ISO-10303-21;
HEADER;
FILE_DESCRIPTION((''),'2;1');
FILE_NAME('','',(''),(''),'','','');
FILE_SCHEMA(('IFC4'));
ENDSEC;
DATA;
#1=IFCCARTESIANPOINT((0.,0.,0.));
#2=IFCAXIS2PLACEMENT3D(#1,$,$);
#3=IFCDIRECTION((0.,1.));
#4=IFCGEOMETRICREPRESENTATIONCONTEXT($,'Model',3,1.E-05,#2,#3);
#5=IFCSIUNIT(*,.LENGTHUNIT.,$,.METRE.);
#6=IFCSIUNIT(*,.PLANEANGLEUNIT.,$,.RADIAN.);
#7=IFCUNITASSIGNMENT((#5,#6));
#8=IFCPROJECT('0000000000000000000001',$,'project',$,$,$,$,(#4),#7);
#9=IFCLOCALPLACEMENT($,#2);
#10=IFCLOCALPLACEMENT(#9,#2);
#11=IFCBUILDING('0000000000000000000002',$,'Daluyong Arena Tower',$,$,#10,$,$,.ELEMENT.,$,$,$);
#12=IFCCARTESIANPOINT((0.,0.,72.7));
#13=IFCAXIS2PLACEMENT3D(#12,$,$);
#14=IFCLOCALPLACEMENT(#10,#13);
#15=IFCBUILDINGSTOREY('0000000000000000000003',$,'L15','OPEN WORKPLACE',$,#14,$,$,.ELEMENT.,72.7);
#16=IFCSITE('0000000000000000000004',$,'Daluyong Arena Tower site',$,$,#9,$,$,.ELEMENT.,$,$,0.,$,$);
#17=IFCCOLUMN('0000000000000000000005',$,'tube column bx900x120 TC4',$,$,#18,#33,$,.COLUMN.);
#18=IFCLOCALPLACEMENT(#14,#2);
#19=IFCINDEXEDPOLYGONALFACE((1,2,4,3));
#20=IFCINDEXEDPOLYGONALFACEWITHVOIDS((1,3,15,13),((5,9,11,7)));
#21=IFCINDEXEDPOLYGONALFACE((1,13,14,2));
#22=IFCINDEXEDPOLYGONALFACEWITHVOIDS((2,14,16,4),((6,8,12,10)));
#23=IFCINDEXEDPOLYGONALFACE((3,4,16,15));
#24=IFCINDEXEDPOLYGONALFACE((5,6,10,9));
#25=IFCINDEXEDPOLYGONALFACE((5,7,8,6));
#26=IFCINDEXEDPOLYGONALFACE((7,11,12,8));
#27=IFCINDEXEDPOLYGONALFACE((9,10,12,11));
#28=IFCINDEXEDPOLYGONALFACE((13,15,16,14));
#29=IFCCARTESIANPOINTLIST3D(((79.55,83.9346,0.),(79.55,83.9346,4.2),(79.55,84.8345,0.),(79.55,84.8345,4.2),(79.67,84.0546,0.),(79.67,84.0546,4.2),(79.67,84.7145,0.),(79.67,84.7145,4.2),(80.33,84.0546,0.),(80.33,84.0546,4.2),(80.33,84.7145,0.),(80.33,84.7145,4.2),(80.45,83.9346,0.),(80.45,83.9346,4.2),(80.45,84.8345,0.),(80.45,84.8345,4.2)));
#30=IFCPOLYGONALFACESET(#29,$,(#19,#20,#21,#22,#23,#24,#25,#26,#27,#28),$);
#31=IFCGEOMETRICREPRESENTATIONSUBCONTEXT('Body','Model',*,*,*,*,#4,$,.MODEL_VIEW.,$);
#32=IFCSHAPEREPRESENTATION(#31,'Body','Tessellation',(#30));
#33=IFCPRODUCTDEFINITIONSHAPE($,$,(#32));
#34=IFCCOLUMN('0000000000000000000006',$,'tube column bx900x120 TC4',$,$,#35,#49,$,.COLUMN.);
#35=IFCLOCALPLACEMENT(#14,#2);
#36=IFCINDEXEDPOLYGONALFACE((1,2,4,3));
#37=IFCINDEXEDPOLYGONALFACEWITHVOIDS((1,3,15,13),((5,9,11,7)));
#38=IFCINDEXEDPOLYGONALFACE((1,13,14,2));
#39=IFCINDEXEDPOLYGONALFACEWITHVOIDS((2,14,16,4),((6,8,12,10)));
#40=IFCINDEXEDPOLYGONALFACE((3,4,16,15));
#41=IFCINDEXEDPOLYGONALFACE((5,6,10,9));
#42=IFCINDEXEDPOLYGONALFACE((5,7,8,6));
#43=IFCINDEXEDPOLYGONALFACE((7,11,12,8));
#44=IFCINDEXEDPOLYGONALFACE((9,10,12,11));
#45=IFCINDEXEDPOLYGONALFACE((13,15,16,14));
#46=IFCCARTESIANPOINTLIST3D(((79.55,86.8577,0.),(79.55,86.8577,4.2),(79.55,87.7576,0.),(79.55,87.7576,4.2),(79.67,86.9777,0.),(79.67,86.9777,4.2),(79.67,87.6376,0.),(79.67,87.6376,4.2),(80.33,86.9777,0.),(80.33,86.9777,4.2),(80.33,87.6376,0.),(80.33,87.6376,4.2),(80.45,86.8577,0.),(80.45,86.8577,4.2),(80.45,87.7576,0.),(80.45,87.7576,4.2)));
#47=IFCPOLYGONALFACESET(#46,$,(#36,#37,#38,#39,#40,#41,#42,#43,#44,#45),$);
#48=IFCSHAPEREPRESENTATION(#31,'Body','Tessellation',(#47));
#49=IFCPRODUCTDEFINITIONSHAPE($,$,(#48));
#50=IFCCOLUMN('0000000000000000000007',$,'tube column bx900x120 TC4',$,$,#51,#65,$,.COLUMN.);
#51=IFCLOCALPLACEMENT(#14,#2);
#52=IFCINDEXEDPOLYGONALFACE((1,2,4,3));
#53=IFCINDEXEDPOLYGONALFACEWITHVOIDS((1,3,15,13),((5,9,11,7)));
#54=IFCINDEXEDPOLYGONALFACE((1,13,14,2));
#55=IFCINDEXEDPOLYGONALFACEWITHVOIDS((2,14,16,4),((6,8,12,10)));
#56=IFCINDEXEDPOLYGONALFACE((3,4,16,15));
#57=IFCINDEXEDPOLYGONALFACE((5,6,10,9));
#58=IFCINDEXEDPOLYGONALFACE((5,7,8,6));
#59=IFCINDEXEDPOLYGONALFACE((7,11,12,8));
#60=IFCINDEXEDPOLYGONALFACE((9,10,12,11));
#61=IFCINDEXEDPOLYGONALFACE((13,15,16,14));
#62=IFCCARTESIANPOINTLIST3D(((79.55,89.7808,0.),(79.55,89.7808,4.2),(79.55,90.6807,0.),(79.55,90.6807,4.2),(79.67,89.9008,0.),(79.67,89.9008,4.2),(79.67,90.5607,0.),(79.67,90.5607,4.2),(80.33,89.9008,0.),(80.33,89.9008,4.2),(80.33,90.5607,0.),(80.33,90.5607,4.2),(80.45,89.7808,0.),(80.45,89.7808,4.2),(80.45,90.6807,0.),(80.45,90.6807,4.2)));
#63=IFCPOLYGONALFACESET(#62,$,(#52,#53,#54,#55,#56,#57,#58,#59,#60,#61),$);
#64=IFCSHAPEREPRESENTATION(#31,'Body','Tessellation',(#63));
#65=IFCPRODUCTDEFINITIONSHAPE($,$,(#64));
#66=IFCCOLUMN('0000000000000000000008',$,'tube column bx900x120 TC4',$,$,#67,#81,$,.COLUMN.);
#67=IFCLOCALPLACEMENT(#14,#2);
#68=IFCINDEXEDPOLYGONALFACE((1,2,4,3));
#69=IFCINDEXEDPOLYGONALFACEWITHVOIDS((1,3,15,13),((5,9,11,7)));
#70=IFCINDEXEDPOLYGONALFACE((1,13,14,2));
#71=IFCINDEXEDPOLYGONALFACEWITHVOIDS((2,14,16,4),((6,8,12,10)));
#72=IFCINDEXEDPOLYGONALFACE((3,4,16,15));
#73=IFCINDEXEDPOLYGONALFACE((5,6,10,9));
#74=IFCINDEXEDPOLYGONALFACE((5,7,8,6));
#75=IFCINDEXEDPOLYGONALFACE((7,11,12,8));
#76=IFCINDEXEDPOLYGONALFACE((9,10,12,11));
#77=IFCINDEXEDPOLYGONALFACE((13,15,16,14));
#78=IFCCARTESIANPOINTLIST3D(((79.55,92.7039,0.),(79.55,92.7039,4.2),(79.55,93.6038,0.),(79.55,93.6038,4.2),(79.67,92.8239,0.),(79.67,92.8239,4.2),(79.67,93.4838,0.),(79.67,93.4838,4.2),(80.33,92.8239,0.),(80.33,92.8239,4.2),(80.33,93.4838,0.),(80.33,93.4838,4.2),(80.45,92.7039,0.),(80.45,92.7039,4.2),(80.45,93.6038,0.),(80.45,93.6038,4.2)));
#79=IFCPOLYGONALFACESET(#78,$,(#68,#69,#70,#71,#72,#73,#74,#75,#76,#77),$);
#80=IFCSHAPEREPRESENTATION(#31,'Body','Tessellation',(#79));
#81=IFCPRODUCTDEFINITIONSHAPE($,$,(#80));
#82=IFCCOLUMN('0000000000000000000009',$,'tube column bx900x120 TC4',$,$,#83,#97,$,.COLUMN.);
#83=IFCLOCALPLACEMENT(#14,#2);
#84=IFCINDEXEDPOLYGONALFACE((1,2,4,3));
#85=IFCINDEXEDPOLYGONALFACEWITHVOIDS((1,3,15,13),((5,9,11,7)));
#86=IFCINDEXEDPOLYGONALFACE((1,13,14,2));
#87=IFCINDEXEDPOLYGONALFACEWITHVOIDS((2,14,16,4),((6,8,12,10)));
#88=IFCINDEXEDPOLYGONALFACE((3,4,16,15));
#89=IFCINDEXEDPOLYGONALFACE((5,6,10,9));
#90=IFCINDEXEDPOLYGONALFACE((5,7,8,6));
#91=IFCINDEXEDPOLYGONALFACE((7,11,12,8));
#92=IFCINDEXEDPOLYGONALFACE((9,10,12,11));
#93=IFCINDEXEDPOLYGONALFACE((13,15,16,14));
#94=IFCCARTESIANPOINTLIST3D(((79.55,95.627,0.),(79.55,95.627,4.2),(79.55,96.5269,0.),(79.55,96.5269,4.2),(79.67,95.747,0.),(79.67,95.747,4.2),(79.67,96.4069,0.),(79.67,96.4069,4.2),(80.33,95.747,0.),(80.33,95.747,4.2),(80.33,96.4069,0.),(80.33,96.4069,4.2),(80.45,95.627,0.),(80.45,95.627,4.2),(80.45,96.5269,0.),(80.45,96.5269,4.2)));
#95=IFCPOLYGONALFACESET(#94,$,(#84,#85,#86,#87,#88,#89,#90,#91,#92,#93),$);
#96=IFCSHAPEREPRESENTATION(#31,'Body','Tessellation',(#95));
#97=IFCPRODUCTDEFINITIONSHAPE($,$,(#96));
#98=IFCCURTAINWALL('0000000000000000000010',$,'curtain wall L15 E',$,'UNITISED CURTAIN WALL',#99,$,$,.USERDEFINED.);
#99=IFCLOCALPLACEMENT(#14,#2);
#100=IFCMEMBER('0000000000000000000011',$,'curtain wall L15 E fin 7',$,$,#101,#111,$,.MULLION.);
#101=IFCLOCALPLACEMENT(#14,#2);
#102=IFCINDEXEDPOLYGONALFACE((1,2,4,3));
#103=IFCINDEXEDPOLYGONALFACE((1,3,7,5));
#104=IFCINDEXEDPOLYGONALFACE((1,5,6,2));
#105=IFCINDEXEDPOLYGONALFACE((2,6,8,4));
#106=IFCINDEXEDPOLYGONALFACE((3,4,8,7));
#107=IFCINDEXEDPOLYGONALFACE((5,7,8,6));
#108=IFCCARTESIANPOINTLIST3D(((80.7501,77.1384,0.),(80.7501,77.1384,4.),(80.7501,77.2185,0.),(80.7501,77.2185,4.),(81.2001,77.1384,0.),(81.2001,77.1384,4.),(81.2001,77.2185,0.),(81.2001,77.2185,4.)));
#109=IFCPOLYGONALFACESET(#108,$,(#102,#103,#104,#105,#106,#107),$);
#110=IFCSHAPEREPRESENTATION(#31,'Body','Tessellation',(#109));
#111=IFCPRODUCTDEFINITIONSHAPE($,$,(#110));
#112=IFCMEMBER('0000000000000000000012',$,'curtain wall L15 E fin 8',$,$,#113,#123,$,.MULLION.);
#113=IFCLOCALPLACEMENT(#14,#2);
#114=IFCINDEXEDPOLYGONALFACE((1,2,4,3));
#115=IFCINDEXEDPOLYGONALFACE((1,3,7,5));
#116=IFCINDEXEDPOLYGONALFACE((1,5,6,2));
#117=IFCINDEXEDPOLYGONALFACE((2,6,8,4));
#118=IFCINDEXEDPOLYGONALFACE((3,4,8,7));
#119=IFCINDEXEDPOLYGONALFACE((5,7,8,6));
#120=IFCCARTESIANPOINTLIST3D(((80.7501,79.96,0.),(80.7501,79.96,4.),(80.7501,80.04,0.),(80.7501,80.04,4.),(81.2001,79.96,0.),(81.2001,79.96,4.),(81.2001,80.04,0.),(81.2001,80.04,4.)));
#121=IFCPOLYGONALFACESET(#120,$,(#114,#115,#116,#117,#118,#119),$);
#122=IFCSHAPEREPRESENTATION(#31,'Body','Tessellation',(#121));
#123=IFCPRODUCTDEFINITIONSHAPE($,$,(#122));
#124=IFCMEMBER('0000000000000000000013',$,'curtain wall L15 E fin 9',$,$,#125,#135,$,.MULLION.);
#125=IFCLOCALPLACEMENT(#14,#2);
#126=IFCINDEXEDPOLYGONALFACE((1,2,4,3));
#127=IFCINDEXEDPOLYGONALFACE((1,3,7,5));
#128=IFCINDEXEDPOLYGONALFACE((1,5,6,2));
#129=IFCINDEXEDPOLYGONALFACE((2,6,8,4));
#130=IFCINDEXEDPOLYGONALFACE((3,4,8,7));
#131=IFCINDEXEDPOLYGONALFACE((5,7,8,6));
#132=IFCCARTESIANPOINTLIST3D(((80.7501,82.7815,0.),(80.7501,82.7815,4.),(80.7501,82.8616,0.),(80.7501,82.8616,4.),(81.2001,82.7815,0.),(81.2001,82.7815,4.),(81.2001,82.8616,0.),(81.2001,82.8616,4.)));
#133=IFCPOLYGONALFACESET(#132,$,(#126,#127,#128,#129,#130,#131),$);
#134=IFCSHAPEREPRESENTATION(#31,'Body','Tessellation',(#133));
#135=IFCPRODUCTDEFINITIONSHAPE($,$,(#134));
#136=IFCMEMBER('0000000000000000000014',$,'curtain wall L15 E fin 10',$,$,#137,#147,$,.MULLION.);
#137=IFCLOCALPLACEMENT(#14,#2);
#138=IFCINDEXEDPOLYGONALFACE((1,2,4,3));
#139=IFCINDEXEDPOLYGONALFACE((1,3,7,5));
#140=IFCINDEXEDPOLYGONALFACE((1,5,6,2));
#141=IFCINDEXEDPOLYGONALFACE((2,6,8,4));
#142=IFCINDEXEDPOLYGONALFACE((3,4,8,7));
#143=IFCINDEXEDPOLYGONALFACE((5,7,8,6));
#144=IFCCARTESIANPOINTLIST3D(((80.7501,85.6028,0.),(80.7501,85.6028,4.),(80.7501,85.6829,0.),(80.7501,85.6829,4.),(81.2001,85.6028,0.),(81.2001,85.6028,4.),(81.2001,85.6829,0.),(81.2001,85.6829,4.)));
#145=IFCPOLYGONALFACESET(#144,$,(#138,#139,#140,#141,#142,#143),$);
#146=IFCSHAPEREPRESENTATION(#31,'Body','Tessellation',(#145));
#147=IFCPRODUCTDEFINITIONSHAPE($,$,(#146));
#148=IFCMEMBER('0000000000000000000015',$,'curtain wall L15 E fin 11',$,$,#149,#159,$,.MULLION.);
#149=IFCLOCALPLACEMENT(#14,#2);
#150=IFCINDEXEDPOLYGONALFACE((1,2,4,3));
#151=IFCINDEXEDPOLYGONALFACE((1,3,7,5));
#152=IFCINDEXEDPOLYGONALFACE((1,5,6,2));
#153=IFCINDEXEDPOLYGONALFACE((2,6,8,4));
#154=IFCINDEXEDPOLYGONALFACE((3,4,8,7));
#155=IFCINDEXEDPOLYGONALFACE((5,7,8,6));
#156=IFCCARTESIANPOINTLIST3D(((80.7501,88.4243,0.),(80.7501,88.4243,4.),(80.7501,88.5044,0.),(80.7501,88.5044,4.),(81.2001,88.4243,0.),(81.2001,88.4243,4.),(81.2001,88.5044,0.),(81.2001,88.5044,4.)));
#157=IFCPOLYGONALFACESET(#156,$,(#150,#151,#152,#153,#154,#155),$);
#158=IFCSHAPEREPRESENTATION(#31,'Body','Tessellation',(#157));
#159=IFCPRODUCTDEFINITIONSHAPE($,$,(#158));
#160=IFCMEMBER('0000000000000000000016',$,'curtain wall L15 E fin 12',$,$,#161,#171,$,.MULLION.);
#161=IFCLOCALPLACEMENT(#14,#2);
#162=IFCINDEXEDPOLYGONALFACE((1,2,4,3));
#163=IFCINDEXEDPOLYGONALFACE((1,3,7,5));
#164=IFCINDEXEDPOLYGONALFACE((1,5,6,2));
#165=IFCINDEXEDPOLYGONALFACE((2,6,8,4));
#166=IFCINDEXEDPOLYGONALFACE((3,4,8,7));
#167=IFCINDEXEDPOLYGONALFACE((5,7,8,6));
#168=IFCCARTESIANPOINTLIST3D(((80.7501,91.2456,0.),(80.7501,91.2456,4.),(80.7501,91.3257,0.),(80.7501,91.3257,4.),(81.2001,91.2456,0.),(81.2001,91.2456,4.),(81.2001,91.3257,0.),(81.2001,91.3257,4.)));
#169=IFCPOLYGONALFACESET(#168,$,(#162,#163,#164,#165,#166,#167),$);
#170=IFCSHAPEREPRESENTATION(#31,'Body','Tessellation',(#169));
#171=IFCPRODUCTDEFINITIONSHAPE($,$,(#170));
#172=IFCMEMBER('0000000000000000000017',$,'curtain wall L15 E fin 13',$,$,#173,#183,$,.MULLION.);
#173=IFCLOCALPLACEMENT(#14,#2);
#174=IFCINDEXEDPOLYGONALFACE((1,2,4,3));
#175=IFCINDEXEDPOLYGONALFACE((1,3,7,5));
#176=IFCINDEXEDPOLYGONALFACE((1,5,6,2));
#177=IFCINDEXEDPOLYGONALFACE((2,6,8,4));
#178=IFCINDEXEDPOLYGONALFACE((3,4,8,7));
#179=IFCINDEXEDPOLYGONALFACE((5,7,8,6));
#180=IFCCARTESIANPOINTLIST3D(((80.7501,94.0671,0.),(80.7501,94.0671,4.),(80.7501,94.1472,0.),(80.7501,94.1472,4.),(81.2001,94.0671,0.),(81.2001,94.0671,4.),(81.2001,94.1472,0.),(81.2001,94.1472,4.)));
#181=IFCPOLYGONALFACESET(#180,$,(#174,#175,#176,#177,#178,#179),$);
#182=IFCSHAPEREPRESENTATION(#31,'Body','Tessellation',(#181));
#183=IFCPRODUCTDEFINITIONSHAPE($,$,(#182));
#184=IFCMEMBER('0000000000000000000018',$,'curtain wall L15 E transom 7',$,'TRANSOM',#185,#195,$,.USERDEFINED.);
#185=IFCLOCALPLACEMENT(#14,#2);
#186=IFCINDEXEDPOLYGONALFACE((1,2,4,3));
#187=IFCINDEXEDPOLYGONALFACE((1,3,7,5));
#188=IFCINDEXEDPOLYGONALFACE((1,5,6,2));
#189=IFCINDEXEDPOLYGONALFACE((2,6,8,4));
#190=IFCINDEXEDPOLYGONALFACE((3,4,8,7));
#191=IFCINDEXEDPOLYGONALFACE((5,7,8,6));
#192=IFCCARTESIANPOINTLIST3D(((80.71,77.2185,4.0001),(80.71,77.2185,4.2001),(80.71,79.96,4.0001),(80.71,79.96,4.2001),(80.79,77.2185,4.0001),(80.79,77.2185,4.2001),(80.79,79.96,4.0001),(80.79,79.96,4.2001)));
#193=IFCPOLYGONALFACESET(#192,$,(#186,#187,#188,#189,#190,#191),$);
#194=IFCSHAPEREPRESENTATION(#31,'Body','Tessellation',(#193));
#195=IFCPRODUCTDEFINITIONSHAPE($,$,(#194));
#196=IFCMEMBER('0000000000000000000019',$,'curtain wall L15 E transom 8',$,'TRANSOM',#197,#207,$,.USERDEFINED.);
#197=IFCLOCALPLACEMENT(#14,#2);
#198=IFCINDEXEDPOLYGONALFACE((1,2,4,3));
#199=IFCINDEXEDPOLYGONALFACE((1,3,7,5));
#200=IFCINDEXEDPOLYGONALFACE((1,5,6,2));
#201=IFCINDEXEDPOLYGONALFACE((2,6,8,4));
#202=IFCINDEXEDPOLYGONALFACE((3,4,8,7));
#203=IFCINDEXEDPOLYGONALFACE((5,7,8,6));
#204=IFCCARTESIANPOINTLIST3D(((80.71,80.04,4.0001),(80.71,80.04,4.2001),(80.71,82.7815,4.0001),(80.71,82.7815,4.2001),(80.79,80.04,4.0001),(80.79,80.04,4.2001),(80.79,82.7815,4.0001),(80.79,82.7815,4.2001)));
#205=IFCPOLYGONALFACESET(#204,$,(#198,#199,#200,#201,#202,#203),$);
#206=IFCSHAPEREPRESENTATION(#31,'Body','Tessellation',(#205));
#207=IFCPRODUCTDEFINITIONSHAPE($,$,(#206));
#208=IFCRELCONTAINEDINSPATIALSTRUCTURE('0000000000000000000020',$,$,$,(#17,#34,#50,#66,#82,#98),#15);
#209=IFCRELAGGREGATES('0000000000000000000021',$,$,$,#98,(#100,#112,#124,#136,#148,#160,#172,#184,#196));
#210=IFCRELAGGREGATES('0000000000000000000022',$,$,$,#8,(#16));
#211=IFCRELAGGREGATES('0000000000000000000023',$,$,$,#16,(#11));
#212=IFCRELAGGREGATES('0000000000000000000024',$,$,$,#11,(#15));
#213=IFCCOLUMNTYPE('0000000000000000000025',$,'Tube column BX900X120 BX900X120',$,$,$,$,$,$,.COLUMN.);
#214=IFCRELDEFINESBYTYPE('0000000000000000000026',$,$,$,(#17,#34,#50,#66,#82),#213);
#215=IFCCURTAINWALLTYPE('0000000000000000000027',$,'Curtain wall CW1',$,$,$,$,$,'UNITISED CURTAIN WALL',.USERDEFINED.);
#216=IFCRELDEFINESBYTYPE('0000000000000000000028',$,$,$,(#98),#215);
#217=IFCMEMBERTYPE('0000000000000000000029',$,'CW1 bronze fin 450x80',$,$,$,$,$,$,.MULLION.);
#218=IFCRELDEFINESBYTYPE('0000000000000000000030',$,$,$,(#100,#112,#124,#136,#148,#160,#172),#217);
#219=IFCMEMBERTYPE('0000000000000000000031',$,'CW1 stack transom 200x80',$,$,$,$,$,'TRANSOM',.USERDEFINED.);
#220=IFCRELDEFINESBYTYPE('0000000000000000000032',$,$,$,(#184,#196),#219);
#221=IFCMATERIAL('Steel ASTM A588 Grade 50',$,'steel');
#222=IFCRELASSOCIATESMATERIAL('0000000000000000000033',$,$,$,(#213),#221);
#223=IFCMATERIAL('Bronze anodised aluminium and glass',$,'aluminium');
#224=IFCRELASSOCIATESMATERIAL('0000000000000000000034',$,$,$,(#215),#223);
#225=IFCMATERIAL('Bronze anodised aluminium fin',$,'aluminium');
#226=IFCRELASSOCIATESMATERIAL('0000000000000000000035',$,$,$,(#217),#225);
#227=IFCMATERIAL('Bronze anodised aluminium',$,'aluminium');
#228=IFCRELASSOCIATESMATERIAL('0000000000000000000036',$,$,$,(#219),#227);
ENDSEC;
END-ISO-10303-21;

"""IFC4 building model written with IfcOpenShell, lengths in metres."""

from ifc_helpers import new_model, si_unit, direction, frame, origin, origin_2d, place, context, subcontext, project, spatial, rectangle, hollow_rectangle, extrude, material, material_profile, profile_set, type_object, element, aggregate, save


model = new_model("IFC4")

# Units and contexts
model_context = context("Model", 3, precision=1e-05, world=origin(), true_north=direction((0.0, 1.0)))
body_context = subcontext(model_context, "Body", "Model", "MODEL_VIEW")
ifc_project = project(units=[si_unit("LENGTHUNIT", "METRE"), si_unit("PLANEANGLEUNIT", "RADIAN")], contexts=[model_context])

# Site, building, storey
site_placement = place(None, origin())
site = spatial("IfcSite", under=ifc_project, at=site_placement, Name="Daluyong Arena Tower site", CompositionType="ELEMENT", RefElevation=0.0)
building_placement = place(site_placement, origin())
building = spatial("IfcBuilding", under=site, at=building_placement, Name="Daluyong Arena Tower", CompositionType="ELEMENT")
storey_placement = place(building_placement, frame((0.0, 0.0, 72.7)))
storey = spatial("IfcBuildingStorey", under=building, at=storey_placement, Name="L15", Description="OPEN WORKPLACE", CompositionType="ELEMENT", Elevation=72.7)

# Columns
ifc_material_1 = material(Name="Steel ASTM A588 Grade 50", Category="steel")
ifc_material_profile_1 = material_profile(ifc_material_1, hollow_rectangle(XDim=0.8999, YDim=0.8999, WallThickness=0.12, at=origin_2d()))
ifc_profile_set_1 = profile_set([ifc_material_profile_1], Name="Steel ASTM A588 Grade 50")
column_type = type_object("IfcColumnType", Name="Tube column BX900X120 BX900X120", PredefinedType="COLUMN", material=ifc_profile_set_1)
for number, where, z_axis, x_axis, name in (
    (1, (80.0, 84.3845, 0.0), (0.0, 0.0, 1.0), (0.0, 1.0, 0.0), "tube column bx900x120 TC4"),
    (2, (80.0, 87.3076, 0.0), (0.0, 0.0, 1.0), (0.0, 1.0, 0.0), "tube column bx900x120 TC4"),
    (3, (80.0, 90.2307, 0.0), (0.0, 0.0, 1.0), (0.0, 1.0, 0.0), "tube column bx900x120 TC4"),
    (4, (80.0, 93.1538, 0.0), (0.0, 0.0, 1.0), (0.0, 1.0, 0.0), "tube column bx900x120 TC4"),
    (5, (80.0, 96.0769, 0.0), (0.0, 0.0, 1.0), (0.0, 1.0, 0.0), "tube column bx900x120 TC4"),
):
    element("IfcColumn", number, at=place(storey_placement, frame(where, z_axis=z_axis, x_axis=x_axis)), inside=storey, type_object=column_type, Name=name, PredefinedType="COLUMN", context=body_context, shape_type="SweptSolid", body=[
        extrude(hollow_rectangle(XDim=0.8999, YDim=0.8999, WallThickness=0.12, at=origin_2d()), origin(), (0.0, 0.0, 1.0), 4.2),
    ])

# Curtain wall, members
ifc_material_2 = material(Name="Bronze anodised aluminium and glass", Category="aluminium")
curtain_wall_type = type_object("IfcCurtainWallType", Name="Curtain wall CW1", ElementType="UNITISED CURTAIN WALL", PredefinedType="USERDEFINED", material=ifc_material_2)
curtain_wall_placement = place(storey_placement, origin())
curtain_wall = element("IfcCurtainWall", 6, at=curtain_wall_placement, inside=storey, type_object=curtain_wall_type, Name="curtain wall L15 E", ObjectType="UNITISED CURTAIN WALL", PredefinedType="USERDEFINED")
ifc_material_3 = material(Name="Bronze anodised aluminium fin", Category="aluminium")
ifc_material_profile_2 = material_profile(ifc_material_3, rectangle(XDim=0.45, YDim=0.0801, at=origin_2d()))
ifc_profile_set_2 = profile_set([ifc_material_profile_2], Name="Bronze anodised aluminium fin")
member_type_1 = type_object("IfcMemberType", Name="CW1 bronze fin 450x80", PredefinedType="MULLION", material=ifc_profile_set_2)
member_1_placement = place(storey_placement, frame((80.9751, 77.1785, 0.0), z_axis=(0.0, 0.0, 1.0), x_axis=(-1.0, 0.0, 0.0)))
member_1 = element("IfcMember", 7, at=member_1_placement, type_object=member_type_1, Name="curtain wall L15 E fin 7", PredefinedType="MULLION", context=body_context, shape_type="SweptSolid", body=[
    extrude(rectangle(XDim=0.45, YDim=0.0801, at=origin_2d()), origin(), (0.0, 0.0, 1.0), 4.0),
])
member_2_placement = place(storey_placement, frame((80.9751, 80.0, 0.0), z_axis=(0.0, 0.0, 1.0), x_axis=(-1.0, 0.0, 0.0)))
member_2 = element("IfcMember", 8, at=member_2_placement, type_object=member_type_1, Name="curtain wall L15 E fin 8", PredefinedType="MULLION", context=body_context, shape_type="SweptSolid", body=[
    extrude(rectangle(XDim=0.45, YDim=0.0801, at=origin_2d()), origin(), (0.0, 0.0, 1.0), 4.0),
])
member_3_placement = place(storey_placement, frame((80.9751, 82.8215, 0.0), z_axis=(0.0, 0.0, 1.0), x_axis=(-1.0, 0.0, 0.0)))
member_3 = element("IfcMember", 9, at=member_3_placement, type_object=member_type_1, Name="curtain wall L15 E fin 9", PredefinedType="MULLION", context=body_context, shape_type="SweptSolid", body=[
    extrude(rectangle(XDim=0.45, YDim=0.0801, at=origin_2d()), origin(), (0.0, 0.0, 1.0), 4.0),
])
member_4_placement = place(storey_placement, frame((80.9751, 85.6428, 0.0), z_axis=(0.0, 0.0, 1.0), x_axis=(-1.0, 0.0, 0.0)))
member_4 = element("IfcMember", 10, at=member_4_placement, type_object=member_type_1, Name="curtain wall L15 E fin 10", PredefinedType="MULLION", context=body_context, shape_type="SweptSolid", body=[
    extrude(rectangle(XDim=0.45, YDim=0.0801, at=origin_2d()), origin(), (0.0, 0.0, 1.0), 4.0),
])
member_5_placement = place(storey_placement, frame((80.9751, 88.4644, 0.0), z_axis=(0.0, 0.0, 1.0), x_axis=(-1.0, 0.0, 0.0)))
member_5 = element("IfcMember", 11, at=member_5_placement, type_object=member_type_1, Name="curtain wall L15 E fin 11", PredefinedType="MULLION", context=body_context, shape_type="SweptSolid", body=[
    extrude(rectangle(XDim=0.45, YDim=0.0801, at=origin_2d()), origin(), (0.0, 0.0, 1.0), 4.0),
])
member_6_placement = place(storey_placement, frame((80.9751, 91.2856, 0.0), z_axis=(0.0, 0.0, 1.0), x_axis=(-1.0, 0.0, 0.0)))
member_6 = element("IfcMember", 12, at=member_6_placement, type_object=member_type_1, Name="curtain wall L15 E fin 12", PredefinedType="MULLION", context=body_context, shape_type="SweptSolid", body=[
    extrude(rectangle(XDim=0.45, YDim=0.0801, at=origin_2d()), origin(), (0.0, 0.0, 1.0), 4.0),
])
member_7_placement = place(storey_placement, frame((80.9751, 94.1072, 0.0), z_axis=(0.0, 0.0, 1.0), x_axis=(-1.0, 0.0, 0.0)))
member_7 = element("IfcMember", 13, at=member_7_placement, type_object=member_type_1, Name="curtain wall L15 E fin 13", PredefinedType="MULLION", context=body_context, shape_type="SweptSolid", body=[
    extrude(rectangle(XDim=0.45, YDim=0.0801, at=origin_2d()), origin(), (0.0, 0.0, 1.0), 4.0),
])
ifc_material_4 = material(Name="Bronze anodised aluminium", Category="aluminium")
ifc_material_profile_3 = material_profile(ifc_material_4, rectangle(XDim=0.0801, YDim=0.2, at=origin_2d()))
ifc_profile_set_3 = profile_set([ifc_material_profile_3], Name="Bronze anodised aluminium")
member_type_2 = type_object("IfcMemberType", Name="CW1 stack transom 200x80", ElementType="TRANSOM", PredefinedType="USERDEFINED", material=ifc_profile_set_3)
member_8_placement = place(storey_placement, frame((80.75, 77.2185, 4.1001), z_axis=(0.0, 1.0, 0.0), x_axis=(-1.0, 0.0, 0.0)))
member_8 = element("IfcMember", 14, at=member_8_placement, type_object=member_type_2, Name="curtain wall L15 E transom 7", ObjectType="TRANSOM", PredefinedType="USERDEFINED", context=body_context, shape_type="SweptSolid", body=[
    extrude(rectangle(XDim=0.0801, YDim=0.2, at=origin_2d()), origin(), (0.0, 0.0, 1.0), 2.7415),
])
member_9_placement = place(storey_placement, frame((80.75, 80.04, 4.1001), z_axis=(0.0, 1.0, 0.0), x_axis=(-1.0, 0.0, 0.0)))
member_9 = element("IfcMember", 15, at=member_9_placement, type_object=member_type_2, Name="curtain wall L15 E transom 8", ObjectType="TRANSOM", PredefinedType="USERDEFINED", context=body_context, shape_type="SweptSolid", body=[
    extrude(rectangle(XDim=0.0801, YDim=0.2, at=origin_2d()), origin(), (0.0, 0.0, 1.0), 2.7415),
])

aggregate(curtain_wall, [member_1, member_2, member_3, member_4, member_5, member_6, member_7, member_8, member_9])

save(model, "model.ifc")
